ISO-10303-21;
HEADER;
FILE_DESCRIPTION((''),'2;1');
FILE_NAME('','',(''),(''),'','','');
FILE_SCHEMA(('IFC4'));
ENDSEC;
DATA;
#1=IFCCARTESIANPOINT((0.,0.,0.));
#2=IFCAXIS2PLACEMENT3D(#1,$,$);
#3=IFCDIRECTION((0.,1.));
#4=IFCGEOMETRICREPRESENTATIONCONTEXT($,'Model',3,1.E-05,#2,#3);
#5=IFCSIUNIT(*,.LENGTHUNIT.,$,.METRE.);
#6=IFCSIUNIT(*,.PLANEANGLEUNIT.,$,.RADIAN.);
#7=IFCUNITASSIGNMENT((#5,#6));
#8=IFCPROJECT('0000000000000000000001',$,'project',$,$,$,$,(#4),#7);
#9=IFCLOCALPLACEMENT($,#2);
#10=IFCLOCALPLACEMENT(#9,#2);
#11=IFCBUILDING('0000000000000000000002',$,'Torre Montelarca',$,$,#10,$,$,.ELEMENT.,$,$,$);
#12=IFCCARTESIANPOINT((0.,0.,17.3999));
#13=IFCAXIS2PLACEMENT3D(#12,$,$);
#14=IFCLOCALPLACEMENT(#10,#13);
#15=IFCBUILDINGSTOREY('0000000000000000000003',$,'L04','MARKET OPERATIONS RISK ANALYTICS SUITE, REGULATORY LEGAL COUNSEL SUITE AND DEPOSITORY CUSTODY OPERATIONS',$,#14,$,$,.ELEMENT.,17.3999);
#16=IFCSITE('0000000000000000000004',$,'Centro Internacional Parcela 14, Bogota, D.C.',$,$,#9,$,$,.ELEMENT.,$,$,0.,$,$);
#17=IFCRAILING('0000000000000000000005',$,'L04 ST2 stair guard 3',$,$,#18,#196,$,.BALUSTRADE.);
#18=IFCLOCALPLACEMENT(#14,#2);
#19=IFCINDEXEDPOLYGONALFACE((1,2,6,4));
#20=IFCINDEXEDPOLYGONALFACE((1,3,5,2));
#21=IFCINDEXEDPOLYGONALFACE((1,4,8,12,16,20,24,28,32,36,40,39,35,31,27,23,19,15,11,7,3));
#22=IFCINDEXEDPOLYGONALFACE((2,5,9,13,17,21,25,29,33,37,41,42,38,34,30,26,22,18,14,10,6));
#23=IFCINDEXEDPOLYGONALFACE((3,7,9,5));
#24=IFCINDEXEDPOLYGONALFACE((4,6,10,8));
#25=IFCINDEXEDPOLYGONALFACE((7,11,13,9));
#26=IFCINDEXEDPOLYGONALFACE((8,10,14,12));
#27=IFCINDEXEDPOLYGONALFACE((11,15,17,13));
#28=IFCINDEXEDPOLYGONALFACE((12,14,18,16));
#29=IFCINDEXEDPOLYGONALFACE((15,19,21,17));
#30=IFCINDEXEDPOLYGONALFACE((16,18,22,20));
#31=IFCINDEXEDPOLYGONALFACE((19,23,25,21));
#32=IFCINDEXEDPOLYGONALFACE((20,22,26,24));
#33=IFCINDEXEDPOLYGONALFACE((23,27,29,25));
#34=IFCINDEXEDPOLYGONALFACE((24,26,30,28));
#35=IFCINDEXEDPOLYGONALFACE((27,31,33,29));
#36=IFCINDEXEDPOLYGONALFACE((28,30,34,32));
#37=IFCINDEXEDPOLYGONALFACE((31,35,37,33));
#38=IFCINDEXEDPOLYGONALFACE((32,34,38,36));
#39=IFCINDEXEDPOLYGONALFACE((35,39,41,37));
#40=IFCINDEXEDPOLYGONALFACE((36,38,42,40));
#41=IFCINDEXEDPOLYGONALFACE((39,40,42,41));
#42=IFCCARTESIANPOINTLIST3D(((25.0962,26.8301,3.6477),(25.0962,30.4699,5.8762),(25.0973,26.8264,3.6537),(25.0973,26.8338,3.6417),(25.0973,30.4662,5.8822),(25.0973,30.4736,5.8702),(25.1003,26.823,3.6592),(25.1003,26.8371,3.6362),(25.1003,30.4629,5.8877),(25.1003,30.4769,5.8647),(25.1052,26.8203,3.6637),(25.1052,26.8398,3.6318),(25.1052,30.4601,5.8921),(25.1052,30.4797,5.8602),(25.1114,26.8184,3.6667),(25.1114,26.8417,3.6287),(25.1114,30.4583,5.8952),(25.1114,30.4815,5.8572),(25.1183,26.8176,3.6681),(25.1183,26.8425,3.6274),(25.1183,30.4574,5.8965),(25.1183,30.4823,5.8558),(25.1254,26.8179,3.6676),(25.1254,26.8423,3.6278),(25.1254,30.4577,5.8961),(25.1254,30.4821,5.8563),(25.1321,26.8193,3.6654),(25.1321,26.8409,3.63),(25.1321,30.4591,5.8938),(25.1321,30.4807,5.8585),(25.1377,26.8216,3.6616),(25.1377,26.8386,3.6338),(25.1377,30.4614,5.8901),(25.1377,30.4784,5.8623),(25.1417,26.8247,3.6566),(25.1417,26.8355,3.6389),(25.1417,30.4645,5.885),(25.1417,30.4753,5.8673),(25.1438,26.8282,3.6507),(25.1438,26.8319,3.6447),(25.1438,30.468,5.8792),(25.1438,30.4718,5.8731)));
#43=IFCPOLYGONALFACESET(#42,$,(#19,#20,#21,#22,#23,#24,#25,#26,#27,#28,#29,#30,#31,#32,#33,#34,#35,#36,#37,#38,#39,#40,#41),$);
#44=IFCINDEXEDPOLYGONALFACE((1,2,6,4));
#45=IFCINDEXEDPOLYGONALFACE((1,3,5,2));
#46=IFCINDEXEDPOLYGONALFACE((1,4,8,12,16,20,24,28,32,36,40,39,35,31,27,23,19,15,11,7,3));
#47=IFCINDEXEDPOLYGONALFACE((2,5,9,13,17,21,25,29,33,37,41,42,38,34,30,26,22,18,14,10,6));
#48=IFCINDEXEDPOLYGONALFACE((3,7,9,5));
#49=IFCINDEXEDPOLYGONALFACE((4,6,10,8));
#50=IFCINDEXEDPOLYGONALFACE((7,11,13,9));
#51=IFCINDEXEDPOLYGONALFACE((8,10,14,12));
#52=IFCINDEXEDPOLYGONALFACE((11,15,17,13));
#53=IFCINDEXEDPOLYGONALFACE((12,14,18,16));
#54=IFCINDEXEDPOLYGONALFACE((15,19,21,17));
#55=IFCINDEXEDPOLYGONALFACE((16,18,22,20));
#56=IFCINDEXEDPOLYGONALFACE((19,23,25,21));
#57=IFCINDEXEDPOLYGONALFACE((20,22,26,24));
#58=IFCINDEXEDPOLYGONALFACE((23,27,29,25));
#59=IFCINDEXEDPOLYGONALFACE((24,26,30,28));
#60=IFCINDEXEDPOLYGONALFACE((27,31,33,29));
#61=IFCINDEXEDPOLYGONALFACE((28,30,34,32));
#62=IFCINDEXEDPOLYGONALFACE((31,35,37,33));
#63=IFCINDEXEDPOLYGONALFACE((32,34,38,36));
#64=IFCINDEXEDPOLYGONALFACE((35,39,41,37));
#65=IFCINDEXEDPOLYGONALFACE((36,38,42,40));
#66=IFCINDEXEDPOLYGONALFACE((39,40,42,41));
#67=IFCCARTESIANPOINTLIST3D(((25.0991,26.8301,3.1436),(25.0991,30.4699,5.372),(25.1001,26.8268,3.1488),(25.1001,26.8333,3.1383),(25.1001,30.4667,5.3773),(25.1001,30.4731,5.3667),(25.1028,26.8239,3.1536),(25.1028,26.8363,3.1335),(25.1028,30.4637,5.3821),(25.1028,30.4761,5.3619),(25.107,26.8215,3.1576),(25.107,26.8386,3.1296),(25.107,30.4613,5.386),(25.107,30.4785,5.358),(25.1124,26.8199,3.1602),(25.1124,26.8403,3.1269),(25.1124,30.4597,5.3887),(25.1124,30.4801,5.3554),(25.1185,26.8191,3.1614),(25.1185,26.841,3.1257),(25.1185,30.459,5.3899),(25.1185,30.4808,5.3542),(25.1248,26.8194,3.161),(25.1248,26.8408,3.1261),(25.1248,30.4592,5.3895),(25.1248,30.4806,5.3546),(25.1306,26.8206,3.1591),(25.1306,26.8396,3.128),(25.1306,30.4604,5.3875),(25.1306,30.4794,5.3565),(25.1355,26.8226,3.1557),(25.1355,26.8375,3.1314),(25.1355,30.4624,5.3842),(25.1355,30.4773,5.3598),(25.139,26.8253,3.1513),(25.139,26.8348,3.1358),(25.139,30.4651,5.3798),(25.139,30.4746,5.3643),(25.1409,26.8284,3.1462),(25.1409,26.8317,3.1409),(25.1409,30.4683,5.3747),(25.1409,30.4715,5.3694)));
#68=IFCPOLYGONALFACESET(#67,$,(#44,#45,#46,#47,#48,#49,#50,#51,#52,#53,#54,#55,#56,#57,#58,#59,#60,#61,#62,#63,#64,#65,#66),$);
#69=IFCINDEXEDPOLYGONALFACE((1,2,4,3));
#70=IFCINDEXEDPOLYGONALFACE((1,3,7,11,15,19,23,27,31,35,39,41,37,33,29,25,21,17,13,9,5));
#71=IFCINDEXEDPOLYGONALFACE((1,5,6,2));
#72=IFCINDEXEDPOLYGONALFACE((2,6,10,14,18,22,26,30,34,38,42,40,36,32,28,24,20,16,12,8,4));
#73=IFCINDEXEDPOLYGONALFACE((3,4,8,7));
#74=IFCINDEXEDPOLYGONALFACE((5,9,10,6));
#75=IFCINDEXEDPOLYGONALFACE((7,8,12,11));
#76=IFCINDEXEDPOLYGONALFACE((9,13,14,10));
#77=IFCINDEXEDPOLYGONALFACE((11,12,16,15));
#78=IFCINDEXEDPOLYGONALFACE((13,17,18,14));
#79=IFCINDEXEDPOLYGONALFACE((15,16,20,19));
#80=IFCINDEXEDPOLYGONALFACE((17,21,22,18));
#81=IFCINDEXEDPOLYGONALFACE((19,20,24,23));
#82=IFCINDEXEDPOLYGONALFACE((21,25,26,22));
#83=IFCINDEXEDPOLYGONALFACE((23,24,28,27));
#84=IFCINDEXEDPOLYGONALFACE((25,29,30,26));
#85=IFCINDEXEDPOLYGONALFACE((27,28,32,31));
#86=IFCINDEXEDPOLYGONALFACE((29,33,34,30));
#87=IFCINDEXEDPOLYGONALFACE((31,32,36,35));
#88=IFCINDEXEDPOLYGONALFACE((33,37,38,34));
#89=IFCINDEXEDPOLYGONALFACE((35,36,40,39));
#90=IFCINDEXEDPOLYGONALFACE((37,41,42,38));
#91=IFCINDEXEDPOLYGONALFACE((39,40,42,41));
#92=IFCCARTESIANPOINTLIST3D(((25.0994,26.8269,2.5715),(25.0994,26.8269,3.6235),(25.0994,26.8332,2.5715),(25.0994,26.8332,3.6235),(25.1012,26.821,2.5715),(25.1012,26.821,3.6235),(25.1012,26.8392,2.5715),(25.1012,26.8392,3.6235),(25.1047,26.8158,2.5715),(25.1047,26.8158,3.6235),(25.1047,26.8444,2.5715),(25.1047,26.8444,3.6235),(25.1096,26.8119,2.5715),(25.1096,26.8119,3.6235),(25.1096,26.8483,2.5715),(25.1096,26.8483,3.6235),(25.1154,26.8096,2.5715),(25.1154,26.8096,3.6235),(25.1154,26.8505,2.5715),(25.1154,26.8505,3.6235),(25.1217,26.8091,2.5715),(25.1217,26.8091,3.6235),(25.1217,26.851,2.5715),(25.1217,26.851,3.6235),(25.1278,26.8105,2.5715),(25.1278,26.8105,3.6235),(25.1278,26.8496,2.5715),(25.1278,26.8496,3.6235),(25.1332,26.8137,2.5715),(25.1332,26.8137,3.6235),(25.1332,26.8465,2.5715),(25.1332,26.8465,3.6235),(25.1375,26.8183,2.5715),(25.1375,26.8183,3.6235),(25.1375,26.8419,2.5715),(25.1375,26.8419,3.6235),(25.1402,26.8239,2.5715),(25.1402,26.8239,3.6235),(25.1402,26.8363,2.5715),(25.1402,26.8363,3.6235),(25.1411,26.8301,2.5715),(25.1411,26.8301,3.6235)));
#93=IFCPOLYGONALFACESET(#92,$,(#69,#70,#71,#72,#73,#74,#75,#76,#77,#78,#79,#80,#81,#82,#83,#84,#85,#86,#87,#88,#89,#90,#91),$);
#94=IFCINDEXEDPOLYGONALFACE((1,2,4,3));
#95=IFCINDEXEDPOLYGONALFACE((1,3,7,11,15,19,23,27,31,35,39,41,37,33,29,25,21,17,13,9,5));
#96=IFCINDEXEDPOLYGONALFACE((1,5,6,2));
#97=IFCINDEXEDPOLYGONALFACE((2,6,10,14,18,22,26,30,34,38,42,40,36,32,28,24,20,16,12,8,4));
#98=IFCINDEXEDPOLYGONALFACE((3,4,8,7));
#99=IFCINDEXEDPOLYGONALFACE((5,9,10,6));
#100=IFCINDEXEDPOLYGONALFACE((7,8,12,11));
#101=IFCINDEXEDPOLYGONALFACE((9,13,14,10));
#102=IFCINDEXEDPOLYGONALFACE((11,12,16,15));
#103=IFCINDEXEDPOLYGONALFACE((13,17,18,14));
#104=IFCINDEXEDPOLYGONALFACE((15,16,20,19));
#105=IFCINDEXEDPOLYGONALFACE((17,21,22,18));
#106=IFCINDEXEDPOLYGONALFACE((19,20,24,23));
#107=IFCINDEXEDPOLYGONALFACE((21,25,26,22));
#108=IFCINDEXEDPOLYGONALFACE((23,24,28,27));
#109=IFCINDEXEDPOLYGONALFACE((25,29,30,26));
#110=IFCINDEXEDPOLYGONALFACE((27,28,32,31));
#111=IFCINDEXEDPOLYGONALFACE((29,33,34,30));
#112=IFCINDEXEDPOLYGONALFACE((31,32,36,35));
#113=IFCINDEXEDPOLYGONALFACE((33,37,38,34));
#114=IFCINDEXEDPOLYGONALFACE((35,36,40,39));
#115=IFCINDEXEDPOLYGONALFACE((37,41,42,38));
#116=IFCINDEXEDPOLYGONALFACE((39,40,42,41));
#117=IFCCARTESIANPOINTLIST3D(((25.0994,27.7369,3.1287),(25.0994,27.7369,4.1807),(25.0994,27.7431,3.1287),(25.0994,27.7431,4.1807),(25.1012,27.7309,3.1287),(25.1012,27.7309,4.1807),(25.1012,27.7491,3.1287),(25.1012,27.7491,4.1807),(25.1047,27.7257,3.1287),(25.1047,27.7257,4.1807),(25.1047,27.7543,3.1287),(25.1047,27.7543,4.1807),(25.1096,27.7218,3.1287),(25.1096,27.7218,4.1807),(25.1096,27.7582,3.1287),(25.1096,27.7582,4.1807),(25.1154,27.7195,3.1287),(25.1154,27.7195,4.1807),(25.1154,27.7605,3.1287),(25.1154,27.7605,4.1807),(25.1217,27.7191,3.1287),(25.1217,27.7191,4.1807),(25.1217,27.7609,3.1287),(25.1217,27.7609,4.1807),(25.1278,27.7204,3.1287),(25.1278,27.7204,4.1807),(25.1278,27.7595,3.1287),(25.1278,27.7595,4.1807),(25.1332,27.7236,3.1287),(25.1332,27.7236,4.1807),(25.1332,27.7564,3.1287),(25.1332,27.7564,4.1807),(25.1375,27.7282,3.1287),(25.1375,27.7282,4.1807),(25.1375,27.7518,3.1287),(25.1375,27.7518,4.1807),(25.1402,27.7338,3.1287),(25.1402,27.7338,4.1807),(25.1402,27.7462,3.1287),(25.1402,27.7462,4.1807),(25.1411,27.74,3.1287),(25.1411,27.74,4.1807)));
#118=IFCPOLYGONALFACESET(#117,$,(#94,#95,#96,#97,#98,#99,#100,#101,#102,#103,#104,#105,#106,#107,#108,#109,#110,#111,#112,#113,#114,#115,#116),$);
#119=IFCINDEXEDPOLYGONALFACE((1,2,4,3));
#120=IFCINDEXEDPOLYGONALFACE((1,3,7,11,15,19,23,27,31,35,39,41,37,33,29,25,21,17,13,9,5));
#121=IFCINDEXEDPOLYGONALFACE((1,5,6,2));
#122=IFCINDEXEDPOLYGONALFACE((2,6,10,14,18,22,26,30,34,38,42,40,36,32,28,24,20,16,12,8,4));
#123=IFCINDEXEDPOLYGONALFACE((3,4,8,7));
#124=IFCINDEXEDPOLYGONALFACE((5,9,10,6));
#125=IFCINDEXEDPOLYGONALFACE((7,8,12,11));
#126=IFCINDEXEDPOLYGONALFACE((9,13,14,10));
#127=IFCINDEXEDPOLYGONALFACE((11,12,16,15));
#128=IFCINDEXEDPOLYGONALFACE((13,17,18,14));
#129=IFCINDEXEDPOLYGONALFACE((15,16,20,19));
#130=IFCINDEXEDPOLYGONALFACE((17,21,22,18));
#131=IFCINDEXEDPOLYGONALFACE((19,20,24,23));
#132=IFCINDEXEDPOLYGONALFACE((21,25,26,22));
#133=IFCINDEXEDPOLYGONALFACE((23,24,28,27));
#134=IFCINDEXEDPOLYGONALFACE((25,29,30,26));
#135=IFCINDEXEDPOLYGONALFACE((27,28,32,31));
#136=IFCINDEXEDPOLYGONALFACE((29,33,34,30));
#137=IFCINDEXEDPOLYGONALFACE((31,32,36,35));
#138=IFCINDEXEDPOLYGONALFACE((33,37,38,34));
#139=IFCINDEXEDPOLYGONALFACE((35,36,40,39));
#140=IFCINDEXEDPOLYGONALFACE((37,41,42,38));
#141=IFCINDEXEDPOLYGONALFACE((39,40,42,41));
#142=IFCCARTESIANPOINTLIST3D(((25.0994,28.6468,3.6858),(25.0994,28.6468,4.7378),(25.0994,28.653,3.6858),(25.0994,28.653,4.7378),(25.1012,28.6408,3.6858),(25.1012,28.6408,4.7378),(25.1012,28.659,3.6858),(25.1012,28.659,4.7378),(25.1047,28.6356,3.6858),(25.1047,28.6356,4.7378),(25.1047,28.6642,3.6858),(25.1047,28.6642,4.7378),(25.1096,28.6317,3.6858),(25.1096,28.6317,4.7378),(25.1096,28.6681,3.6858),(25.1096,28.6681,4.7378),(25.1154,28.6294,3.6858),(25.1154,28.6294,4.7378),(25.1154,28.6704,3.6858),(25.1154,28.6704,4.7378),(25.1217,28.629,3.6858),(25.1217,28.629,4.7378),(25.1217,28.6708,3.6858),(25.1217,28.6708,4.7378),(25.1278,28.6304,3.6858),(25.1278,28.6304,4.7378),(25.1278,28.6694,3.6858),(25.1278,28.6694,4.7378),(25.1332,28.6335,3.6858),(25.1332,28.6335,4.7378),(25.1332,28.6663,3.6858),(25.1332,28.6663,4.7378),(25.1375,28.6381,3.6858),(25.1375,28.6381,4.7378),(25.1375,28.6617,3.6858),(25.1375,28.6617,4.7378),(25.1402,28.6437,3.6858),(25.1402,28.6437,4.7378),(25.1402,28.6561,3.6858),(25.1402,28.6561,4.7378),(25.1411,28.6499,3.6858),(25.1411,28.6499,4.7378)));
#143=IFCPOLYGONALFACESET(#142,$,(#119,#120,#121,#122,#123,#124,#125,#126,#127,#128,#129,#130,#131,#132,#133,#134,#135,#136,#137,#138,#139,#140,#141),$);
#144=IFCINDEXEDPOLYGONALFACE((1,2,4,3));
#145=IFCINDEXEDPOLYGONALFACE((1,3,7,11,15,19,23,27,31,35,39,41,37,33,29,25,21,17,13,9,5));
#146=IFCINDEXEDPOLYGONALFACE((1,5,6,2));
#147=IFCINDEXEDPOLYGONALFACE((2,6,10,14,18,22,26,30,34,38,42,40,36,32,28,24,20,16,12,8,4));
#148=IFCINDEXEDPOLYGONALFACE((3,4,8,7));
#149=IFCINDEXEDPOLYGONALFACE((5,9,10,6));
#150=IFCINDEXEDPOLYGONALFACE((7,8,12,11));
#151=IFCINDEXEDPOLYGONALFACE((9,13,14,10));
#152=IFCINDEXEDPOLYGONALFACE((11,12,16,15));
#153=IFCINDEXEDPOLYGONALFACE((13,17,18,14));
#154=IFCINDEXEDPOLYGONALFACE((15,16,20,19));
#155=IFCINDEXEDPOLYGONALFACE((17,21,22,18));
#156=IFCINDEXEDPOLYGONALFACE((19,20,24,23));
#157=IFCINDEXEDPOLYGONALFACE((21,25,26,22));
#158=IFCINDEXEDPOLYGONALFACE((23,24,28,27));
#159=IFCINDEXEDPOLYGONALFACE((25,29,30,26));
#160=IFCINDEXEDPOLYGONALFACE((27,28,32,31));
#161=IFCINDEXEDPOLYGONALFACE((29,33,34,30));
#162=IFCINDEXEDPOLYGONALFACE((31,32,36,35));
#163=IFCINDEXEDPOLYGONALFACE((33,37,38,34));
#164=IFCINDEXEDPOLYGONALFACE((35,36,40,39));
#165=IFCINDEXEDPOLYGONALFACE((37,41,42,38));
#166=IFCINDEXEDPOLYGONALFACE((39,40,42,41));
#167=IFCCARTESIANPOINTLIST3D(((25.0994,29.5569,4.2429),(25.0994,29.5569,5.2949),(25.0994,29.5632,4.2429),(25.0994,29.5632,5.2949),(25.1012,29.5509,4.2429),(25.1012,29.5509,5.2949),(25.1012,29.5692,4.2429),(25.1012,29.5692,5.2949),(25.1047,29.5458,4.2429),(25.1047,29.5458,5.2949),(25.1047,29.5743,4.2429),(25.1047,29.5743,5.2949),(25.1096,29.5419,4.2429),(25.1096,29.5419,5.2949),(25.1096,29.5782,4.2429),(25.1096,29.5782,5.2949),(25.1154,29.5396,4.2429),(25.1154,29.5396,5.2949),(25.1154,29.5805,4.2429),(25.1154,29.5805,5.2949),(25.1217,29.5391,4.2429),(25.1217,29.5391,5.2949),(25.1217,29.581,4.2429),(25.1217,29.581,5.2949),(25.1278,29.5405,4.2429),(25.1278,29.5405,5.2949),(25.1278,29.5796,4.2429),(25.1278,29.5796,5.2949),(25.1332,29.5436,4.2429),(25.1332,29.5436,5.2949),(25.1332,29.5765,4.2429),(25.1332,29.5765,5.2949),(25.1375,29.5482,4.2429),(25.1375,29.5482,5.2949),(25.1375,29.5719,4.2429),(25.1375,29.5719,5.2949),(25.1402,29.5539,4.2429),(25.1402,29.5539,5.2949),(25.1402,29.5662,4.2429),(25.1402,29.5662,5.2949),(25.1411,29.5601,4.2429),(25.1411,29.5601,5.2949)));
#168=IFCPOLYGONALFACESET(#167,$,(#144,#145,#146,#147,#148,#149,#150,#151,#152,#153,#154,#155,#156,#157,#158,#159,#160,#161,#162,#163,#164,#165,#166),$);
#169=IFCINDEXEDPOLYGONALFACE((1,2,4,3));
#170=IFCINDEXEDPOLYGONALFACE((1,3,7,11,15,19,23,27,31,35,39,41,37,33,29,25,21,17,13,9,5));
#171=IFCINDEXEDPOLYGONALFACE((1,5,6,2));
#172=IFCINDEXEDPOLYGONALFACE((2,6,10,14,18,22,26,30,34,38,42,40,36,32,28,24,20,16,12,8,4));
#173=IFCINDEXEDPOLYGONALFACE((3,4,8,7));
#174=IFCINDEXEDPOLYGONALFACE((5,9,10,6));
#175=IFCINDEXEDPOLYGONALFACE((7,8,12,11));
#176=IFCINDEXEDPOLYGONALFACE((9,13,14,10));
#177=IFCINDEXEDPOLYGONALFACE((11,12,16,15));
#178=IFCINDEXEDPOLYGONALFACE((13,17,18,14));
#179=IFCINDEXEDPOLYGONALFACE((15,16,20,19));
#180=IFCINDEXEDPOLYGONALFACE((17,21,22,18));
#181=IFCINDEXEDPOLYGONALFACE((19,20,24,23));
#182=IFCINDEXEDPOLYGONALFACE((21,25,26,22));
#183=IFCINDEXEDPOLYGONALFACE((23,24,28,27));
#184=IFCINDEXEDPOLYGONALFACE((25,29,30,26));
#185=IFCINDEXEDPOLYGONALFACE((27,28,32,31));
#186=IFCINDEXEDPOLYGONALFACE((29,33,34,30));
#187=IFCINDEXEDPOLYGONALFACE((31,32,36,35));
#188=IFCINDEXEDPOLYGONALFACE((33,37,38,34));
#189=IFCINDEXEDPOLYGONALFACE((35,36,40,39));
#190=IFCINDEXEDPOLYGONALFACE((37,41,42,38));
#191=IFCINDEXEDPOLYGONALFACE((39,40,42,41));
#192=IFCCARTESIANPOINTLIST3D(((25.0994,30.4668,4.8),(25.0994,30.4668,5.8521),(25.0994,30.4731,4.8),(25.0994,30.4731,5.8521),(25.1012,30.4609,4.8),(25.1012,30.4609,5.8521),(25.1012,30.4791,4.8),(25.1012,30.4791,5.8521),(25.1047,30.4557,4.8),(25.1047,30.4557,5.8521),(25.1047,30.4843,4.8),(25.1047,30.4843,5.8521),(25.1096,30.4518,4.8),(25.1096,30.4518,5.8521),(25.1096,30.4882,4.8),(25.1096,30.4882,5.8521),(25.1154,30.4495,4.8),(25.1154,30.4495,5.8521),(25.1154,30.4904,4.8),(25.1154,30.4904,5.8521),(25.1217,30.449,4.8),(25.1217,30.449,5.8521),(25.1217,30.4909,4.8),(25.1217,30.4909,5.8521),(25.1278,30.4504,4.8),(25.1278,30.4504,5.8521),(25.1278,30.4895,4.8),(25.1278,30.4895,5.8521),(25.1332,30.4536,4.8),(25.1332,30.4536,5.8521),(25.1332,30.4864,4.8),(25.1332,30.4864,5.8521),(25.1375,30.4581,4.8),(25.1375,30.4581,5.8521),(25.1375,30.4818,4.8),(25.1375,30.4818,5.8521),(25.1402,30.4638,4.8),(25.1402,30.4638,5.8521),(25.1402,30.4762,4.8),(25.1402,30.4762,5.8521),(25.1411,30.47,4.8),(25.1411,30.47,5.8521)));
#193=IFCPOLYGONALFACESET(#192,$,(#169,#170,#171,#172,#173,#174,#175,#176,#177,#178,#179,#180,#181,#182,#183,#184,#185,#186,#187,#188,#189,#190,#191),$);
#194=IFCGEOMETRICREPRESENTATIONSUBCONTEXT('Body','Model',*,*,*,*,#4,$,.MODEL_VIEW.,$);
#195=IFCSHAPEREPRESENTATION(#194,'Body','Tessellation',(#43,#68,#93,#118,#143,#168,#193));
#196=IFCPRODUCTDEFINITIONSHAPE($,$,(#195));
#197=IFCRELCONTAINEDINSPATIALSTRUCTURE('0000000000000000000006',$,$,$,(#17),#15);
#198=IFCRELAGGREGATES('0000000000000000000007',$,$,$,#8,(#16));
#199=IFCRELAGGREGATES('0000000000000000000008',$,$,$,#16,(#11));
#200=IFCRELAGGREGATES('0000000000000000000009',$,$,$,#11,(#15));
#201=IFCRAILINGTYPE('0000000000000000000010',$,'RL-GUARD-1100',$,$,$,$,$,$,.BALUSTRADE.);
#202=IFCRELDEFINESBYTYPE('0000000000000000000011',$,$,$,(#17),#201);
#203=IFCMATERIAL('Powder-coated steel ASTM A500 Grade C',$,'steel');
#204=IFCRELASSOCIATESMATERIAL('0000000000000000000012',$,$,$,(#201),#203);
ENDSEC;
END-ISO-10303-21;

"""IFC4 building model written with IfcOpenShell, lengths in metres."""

from ifc_helpers import new_model, si_unit, direction, frame, origin, origin_2d, place, context, subcontext, project, spatial, circle, extrude, material, type_object, element, save


model = new_model("IFC4")

# Units and contexts
model_context = context("Model", 3, precision=1e-05, world=origin(), true_north=direction((0.0, 1.0)))
body_context = subcontext(model_context, "Body", "Model", "MODEL_VIEW")
ifc_project = project(units=[si_unit("LENGTHUNIT", "METRE"), si_unit("PLANEANGLEUNIT", "RADIAN")], contexts=[model_context])

# Site, building, storey
site_placement = place(None, origin())
site = spatial("IfcSite", under=ifc_project, at=site_placement, Name="Centro Internacional Parcela 14, Bogota, D.C.", CompositionType="ELEMENT", RefElevation=0.0)
building_placement = place(site_placement, origin())
building = spatial("IfcBuilding", under=site, at=building_placement, Name="Torre Montelarca", CompositionType="ELEMENT")
storey_placement = place(building_placement, frame((0.0, 0.0, 17.3999)))
storey = spatial("IfcBuildingStorey", under=building, at=storey_placement, Name="L04", Description="MARKET OPERATIONS RISK ANALYTICS SUITE, REGULATORY LEGAL COUNSEL SUITE AND DEPOSITORY CUSTODY OPERATIONS", CompositionType="ELEMENT", Elevation=17.3999)

# Railing
ifc_material_1 = material(Name="Powder-coated steel ASTM A500 Grade C", Category="steel")
railing_type_1 = type_object("IfcRailingType", Name="RL-GUARD-1100", PredefinedType="BALUSTRADE", material=ifc_material_1)
railing_1_placement = place(storey_placement, frame((25.1201, 26.8301, 2.5715)))
element("IfcRailing", 1, at=railing_1_placement, inside=storey, type_object=railing_type_1, Name="L04 ST2 stair guard 3", PredefinedType="BALUSTRADE", context=body_context, shape_type="SweptSolid", body=[
    extrude(circle(Radius=0.0239, at=origin_2d()), frame((0.0, 0.0, 1.0762), z_axis=(0.0, 0.85285, 0.522156), x_axis=(-1.0, 0.0, 0.0)), (0.0, 0.0, 1.0), 4.2678),
    extrude(circle(Radius=0.021, at=origin_2d()), frame((0.0, 0.0, 0.572), z_axis=(0.0, 0.85285, 0.522156), x_axis=(-1.0, 0.0, 0.0)), (0.0, 0.0, 1.0), 4.2678),
    extrude(circle(Radius=0.021, at=origin_2d()), origin(), (0.0, 0.0, 1.0), 1.052),
    extrude(circle(Radius=0.021, at=origin_2d()), frame((0.0, 0.9099, 0.5571)), (0.0, 0.0, 1.0), 1.052),
    extrude(circle(Radius=0.021, at=origin_2d()), frame((0.0, 1.8198, 1.1143)), (0.0, 0.0, 1.0), 1.052),
    extrude(circle(Radius=0.021, at=origin_2d()), frame((0.0, 2.73, 1.6714)), (0.0, 0.0, 1.0), 1.052),
    extrude(circle(Radius=0.021, at=origin_2d()), frame((0.0, 3.6399, 2.2285)), (0.0, 0.0, 1.0), 1.052),
])

save(model, "model.ifc")
